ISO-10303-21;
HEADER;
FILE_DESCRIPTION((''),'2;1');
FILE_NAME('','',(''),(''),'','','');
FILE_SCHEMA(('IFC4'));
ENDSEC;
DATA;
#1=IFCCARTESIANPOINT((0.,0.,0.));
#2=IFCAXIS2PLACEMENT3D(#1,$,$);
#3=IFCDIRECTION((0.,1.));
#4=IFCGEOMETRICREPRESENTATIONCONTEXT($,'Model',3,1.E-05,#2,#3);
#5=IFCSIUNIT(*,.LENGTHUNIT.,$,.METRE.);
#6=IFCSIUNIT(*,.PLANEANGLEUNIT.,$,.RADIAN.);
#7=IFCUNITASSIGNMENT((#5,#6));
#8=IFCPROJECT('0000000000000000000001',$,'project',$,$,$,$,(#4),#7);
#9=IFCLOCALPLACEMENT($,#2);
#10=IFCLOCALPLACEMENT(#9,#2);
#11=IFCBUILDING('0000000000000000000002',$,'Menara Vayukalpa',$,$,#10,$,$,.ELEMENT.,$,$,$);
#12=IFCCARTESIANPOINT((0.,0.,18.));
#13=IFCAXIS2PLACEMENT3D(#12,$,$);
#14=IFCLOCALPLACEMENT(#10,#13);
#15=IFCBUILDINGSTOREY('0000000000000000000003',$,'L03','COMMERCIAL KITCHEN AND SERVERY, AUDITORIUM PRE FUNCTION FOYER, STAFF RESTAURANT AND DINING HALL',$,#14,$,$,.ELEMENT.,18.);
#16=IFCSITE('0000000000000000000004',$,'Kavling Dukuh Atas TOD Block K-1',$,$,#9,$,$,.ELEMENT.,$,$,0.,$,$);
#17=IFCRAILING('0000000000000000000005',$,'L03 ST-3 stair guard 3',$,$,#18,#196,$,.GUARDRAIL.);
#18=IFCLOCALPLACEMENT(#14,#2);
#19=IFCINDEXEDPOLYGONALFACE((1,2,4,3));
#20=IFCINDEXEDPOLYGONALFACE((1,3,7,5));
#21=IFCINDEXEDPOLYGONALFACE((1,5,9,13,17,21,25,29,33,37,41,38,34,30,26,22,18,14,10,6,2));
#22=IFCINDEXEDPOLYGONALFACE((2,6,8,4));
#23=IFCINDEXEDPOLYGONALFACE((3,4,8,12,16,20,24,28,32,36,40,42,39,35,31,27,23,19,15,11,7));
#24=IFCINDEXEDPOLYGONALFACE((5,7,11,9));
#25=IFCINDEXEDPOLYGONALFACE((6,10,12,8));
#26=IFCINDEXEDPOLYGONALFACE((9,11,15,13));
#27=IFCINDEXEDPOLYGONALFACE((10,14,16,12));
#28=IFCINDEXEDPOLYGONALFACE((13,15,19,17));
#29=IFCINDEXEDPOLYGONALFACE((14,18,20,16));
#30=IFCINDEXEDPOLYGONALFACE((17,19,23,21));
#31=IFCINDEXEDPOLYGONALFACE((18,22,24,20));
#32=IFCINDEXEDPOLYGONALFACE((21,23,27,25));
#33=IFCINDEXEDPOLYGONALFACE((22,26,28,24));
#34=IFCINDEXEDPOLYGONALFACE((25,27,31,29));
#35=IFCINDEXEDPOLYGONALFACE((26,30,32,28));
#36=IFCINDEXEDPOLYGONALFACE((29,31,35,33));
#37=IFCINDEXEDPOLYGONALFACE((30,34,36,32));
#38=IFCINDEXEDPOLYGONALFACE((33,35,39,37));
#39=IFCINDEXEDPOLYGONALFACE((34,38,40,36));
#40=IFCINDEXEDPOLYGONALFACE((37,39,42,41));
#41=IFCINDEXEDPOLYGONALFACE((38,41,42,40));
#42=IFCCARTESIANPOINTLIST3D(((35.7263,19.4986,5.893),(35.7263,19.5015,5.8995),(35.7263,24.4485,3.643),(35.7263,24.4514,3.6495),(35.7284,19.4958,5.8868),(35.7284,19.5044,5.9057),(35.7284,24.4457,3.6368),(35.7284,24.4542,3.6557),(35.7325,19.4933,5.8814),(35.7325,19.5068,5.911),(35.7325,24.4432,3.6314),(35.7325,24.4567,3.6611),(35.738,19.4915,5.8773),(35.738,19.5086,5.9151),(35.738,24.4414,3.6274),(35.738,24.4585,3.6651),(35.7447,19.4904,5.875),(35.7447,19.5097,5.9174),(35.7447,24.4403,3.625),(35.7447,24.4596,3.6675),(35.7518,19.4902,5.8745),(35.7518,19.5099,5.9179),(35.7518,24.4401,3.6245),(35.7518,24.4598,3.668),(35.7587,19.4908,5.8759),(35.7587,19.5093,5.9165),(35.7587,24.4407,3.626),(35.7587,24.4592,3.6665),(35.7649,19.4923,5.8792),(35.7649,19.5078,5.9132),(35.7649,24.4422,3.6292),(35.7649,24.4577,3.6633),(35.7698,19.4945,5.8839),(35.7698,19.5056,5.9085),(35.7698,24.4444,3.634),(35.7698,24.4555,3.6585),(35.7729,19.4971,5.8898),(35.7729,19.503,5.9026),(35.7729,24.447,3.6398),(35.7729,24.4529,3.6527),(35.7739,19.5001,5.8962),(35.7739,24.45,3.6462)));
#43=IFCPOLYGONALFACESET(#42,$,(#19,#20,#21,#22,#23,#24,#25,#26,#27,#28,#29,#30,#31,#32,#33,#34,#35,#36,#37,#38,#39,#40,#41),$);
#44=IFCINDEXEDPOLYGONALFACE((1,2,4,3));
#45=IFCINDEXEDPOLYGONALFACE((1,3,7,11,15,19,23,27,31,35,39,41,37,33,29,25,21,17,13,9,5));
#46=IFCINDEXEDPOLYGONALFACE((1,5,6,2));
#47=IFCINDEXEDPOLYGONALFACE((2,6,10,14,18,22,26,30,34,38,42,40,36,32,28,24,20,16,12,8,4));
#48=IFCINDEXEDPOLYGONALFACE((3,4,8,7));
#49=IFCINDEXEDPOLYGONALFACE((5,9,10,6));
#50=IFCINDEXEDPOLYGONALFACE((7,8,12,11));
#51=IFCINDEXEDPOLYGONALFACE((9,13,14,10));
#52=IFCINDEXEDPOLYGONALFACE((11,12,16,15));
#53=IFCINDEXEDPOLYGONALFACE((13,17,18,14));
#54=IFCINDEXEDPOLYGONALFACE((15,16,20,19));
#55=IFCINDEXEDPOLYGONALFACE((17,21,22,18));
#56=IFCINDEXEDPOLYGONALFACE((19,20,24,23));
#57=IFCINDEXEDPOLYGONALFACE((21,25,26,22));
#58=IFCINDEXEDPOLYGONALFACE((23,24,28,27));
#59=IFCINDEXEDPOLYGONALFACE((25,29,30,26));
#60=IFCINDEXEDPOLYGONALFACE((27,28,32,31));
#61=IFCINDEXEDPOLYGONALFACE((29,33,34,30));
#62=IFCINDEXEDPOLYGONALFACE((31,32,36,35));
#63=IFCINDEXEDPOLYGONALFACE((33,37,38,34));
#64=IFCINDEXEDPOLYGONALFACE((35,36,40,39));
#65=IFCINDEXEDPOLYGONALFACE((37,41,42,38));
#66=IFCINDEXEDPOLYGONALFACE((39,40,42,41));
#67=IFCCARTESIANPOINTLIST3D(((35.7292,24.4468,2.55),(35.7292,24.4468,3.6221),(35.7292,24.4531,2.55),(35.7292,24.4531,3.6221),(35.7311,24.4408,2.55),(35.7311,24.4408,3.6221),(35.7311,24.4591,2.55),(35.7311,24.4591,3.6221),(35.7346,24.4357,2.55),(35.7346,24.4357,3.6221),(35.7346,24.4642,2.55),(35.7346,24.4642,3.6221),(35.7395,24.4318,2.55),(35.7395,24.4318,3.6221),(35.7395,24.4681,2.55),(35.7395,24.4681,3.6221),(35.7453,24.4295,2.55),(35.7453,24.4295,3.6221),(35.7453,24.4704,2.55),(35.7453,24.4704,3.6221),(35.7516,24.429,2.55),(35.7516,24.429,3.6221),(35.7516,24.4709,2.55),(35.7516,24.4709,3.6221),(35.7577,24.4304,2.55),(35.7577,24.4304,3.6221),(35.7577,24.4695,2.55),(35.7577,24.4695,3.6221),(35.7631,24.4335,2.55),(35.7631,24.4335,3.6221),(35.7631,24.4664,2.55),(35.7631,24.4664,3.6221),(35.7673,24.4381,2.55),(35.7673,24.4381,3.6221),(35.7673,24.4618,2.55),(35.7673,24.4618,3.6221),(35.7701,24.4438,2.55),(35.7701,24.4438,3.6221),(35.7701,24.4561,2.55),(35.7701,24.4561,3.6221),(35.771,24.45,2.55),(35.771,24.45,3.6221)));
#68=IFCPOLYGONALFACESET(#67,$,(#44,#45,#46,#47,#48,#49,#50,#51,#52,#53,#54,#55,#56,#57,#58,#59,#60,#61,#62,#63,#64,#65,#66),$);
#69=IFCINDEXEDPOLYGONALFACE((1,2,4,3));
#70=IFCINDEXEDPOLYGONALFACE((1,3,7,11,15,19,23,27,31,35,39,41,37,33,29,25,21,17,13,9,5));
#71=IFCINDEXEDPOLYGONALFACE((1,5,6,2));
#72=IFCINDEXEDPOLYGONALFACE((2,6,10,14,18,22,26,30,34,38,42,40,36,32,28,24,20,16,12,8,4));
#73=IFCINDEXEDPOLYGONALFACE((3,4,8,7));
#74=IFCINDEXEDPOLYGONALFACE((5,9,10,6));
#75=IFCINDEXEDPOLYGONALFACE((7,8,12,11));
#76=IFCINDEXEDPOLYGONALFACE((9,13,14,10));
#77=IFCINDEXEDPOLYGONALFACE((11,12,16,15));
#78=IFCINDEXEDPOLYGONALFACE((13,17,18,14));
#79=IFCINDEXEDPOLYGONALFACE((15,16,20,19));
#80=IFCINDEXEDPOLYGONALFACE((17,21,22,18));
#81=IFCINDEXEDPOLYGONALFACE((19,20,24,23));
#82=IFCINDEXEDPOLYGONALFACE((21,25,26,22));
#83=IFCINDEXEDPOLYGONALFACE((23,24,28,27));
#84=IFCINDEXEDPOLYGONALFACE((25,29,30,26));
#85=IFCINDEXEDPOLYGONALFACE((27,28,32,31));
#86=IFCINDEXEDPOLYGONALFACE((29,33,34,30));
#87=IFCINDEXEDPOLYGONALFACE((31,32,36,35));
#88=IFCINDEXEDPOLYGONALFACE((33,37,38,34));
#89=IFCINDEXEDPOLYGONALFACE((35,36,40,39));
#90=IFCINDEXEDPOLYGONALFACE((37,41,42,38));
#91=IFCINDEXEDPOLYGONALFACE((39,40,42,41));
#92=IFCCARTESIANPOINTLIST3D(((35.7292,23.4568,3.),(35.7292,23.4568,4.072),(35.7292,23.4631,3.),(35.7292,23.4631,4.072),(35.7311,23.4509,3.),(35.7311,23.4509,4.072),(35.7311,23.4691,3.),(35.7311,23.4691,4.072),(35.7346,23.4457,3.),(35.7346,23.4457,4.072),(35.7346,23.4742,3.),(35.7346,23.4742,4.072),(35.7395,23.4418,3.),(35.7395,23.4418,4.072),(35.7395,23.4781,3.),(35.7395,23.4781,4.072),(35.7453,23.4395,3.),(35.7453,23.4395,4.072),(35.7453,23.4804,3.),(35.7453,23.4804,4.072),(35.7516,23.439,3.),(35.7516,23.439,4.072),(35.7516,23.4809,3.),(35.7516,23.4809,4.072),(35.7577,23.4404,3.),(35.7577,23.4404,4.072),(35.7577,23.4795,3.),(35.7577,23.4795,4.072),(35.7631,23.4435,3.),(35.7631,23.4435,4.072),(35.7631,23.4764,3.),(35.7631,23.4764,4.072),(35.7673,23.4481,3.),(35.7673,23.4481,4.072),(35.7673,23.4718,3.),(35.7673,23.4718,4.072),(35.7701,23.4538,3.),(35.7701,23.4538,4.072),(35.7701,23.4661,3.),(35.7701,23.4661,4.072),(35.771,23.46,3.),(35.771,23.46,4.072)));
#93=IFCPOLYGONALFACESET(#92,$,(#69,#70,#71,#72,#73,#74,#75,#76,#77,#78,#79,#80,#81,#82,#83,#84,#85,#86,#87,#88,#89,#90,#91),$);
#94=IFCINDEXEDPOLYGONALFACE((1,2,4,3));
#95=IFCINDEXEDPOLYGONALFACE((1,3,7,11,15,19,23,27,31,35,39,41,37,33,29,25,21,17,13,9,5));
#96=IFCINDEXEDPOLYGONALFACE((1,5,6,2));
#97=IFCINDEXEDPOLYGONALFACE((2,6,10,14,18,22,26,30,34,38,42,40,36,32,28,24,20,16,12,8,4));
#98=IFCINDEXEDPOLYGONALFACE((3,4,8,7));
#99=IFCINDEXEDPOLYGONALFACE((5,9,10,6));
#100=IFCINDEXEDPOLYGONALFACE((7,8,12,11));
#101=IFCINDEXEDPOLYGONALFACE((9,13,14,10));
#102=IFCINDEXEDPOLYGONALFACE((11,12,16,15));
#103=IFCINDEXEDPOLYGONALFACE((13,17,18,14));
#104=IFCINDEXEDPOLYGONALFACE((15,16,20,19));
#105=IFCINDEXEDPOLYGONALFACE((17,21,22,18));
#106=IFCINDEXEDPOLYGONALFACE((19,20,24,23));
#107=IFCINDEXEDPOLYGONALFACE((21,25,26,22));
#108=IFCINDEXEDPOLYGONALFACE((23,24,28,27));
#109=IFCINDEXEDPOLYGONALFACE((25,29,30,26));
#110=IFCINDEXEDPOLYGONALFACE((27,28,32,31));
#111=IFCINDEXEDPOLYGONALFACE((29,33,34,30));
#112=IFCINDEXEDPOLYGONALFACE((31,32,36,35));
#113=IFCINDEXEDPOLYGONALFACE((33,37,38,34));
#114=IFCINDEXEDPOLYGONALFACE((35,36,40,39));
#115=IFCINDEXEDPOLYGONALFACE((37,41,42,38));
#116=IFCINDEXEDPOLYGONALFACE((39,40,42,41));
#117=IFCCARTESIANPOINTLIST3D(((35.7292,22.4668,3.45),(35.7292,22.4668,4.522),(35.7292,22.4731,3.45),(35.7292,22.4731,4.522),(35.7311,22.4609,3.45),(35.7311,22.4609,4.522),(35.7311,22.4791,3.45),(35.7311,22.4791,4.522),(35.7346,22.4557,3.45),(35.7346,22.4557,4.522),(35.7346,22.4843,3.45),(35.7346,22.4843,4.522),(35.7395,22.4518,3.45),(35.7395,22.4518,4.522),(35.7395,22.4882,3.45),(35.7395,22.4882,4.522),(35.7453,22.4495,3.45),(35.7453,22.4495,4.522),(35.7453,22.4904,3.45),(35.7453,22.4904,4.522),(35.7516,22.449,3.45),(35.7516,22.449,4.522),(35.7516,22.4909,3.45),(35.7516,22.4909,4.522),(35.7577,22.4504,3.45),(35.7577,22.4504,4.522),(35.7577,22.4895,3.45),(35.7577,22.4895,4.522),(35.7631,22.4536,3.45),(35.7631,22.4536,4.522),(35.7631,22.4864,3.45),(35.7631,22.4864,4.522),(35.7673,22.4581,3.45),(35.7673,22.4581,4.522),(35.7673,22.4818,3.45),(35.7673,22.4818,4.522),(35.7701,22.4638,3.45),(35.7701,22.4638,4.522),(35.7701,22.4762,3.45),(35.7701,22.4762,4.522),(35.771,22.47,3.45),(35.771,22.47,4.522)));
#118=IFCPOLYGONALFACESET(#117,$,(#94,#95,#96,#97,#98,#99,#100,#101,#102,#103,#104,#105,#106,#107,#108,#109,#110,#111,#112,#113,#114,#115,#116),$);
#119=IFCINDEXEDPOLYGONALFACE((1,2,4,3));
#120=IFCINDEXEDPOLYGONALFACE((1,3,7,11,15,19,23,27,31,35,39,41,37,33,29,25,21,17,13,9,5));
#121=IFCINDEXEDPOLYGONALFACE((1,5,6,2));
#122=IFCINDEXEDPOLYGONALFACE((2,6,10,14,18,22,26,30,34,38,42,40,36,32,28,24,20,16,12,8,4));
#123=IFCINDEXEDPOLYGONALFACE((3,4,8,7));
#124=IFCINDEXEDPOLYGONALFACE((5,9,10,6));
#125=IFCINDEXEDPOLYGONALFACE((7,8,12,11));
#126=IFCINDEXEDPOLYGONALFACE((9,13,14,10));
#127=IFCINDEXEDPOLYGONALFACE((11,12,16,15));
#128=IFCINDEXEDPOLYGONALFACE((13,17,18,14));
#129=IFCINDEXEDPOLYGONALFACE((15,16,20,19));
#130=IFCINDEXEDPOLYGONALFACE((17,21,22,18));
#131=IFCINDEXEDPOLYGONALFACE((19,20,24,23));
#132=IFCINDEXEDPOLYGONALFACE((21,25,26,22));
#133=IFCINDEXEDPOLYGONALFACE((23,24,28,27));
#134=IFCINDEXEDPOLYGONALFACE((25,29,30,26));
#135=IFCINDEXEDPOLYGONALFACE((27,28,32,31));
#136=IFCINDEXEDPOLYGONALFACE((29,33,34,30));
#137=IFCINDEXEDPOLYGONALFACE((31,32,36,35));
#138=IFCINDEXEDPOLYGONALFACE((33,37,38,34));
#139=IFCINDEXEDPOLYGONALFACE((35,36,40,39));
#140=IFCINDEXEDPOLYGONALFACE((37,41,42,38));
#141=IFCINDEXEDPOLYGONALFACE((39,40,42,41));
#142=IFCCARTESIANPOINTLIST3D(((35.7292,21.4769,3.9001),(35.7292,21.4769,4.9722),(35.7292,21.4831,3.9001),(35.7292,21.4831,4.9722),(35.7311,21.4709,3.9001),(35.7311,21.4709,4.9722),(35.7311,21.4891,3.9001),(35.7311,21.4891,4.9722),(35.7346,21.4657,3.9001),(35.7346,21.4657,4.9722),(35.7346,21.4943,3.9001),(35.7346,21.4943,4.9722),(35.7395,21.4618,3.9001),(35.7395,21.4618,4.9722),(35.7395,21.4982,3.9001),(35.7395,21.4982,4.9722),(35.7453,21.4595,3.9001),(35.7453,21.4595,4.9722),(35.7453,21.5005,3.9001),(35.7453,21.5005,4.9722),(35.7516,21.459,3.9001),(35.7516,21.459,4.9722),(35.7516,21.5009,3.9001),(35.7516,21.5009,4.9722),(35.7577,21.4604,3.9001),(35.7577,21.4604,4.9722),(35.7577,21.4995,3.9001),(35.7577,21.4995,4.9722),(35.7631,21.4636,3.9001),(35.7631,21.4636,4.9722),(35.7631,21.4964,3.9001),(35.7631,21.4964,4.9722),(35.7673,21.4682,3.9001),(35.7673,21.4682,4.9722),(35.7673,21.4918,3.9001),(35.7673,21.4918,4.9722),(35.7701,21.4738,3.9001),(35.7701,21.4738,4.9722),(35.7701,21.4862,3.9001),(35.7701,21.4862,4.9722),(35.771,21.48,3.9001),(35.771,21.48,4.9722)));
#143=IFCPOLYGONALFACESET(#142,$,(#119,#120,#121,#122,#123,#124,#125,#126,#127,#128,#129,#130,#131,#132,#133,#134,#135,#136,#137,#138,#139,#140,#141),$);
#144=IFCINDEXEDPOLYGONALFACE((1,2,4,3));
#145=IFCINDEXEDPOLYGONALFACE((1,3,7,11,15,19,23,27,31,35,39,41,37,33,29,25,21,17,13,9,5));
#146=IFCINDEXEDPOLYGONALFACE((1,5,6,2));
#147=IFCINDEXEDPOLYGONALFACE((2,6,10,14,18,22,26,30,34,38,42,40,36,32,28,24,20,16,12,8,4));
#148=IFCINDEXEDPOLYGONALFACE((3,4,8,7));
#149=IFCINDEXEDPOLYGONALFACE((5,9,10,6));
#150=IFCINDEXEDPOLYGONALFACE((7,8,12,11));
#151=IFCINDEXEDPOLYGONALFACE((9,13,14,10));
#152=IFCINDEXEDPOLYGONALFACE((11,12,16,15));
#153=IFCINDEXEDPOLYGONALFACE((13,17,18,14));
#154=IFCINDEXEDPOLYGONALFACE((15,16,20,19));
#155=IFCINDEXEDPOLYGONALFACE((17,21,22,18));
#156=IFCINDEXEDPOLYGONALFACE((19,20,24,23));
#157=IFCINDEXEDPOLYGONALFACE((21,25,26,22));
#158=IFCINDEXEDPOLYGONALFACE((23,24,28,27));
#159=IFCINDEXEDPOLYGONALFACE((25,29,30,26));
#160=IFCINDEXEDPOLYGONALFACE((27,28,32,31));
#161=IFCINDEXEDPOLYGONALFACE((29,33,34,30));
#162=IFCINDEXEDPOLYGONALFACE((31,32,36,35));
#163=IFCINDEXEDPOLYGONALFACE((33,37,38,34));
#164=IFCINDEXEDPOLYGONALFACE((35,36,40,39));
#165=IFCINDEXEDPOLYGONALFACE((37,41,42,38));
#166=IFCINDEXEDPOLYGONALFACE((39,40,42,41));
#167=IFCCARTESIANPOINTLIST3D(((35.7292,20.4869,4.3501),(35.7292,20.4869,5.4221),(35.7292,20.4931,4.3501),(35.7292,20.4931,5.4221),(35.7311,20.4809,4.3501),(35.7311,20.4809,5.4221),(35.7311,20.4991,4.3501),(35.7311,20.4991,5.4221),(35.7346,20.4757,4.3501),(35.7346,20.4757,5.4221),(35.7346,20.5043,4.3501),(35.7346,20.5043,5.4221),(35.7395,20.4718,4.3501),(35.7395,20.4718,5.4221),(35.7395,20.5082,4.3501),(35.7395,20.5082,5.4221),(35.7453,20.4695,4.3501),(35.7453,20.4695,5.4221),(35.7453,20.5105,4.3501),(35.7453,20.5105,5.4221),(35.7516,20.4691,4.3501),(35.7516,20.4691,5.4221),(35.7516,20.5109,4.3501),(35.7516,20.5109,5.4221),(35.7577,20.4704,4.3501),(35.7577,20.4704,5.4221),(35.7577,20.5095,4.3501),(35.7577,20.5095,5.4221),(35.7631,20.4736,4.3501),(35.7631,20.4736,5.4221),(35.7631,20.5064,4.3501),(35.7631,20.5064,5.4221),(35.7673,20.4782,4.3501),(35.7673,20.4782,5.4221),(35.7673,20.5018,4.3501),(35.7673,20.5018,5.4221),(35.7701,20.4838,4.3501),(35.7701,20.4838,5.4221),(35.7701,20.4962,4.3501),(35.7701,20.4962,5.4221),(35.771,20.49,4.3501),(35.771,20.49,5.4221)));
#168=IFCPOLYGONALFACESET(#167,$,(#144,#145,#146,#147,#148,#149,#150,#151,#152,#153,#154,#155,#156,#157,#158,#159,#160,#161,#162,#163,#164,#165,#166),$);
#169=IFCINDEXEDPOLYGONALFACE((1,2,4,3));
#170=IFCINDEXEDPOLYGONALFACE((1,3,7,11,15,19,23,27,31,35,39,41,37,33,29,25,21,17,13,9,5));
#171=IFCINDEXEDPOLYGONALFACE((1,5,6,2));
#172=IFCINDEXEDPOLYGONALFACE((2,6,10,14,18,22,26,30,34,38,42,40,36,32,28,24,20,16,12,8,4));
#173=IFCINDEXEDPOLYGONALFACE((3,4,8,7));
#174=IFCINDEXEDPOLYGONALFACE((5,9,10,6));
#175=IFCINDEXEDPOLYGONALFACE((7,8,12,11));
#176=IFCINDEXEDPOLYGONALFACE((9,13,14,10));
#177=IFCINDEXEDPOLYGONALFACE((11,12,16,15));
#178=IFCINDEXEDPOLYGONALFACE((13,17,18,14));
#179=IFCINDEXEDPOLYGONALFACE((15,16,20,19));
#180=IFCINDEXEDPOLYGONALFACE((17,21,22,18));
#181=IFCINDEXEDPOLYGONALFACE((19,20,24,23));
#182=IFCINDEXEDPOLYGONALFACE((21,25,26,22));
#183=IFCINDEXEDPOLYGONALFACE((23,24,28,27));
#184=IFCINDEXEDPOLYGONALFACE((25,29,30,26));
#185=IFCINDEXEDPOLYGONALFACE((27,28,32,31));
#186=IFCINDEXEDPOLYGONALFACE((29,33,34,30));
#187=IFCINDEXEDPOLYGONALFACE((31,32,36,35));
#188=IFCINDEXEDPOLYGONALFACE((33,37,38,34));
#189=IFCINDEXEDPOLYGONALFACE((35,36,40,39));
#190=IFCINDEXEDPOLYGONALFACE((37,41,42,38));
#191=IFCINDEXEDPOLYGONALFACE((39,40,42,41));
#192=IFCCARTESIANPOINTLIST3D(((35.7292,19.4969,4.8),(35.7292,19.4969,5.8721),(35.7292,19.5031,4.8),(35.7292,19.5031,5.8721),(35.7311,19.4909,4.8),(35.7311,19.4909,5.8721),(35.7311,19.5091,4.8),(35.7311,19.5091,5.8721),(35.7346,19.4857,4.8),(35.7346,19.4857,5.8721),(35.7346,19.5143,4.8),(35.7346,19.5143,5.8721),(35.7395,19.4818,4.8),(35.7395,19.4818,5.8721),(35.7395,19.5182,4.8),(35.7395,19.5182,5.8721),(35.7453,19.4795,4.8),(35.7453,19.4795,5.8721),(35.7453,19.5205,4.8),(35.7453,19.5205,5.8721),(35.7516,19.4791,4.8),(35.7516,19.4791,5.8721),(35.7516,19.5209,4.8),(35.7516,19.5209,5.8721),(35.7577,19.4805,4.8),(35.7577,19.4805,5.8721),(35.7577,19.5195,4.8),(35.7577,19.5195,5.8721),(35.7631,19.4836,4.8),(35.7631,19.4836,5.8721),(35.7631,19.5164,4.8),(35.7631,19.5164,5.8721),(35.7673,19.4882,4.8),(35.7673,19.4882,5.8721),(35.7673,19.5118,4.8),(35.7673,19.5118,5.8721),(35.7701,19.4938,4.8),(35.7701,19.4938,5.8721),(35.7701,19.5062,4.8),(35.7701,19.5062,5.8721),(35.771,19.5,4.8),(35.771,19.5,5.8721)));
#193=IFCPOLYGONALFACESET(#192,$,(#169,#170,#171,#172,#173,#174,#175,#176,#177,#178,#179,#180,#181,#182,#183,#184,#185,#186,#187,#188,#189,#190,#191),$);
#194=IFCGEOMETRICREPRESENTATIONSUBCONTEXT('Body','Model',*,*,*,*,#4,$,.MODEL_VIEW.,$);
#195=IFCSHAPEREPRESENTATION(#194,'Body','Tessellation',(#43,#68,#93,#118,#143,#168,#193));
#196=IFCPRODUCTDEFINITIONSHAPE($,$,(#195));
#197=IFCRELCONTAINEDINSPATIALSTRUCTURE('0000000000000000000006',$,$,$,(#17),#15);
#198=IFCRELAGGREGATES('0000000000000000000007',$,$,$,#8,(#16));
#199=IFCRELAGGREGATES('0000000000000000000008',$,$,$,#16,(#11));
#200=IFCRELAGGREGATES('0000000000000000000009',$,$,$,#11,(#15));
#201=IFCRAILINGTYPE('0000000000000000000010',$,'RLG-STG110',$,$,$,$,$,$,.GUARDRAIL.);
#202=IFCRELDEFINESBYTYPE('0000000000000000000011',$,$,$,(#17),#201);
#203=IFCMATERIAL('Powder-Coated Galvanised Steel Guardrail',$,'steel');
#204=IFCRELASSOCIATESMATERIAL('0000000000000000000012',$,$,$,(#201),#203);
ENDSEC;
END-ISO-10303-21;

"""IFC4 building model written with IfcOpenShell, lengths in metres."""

from ifc_helpers import new_model, si_unit, direction, frame, origin, origin_2d, place, context, subcontext, project, spatial, circle, extrude, material, type_object, element, save


model = new_model("IFC4")

# Units and contexts
model_context = context("Model", 3, precision=1e-05, world=origin(), true_north=direction((0.0, 1.0)))
body_context = subcontext(model_context, "Body", "Model", "MODEL_VIEW")
ifc_project = project(units=[si_unit("LENGTHUNIT", "METRE"), si_unit("PLANEANGLEUNIT", "RADIAN")], contexts=[model_context])

# Site, building, storey
site_placement = place(None, origin())
site = spatial("IfcSite", under=ifc_project, at=site_placement, Name="Kavling Dukuh Atas TOD Block K-1", CompositionType="ELEMENT", RefElevation=0.0)
building_placement = place(site_placement, origin())
building = spatial("IfcBuilding", under=site, at=building_placement, Name="Menara Vayukalpa", CompositionType="ELEMENT")
storey_placement = place(building_placement, frame((0.0, 0.0, 18.0)))
storey = spatial("IfcBuildingStorey", under=building, at=storey_placement, Name="L03", Description="COMMERCIAL KITCHEN AND SERVERY, AUDITORIUM PRE FUNCTION FOYER, STAFF RESTAURANT AND DINING HALL", CompositionType="ELEMENT", Elevation=18.0)

# Railing
ifc_material_1 = material(Name="Powder-Coated Galvanised Steel Guardrail", Category="steel")
railing_type_1 = type_object("IfcRailingType", Name="RLG-STG110", PredefinedType="GUARDRAIL", material=ifc_material_1)
railing_1_placement = place(storey_placement, frame((35.75, 24.45, 2.55)))
element("IfcRailing", 1, at=railing_1_placement, inside=storey, type_object=railing_type_1, Name="L03 ST-3 stair guard 3", PredefinedType="GUARDRAIL", context=body_context, shape_type="SweptSolid", body=[
    extrude(circle(Radius=0.0239, at=origin_2d()), frame((0.0, 0.0, 1.0962), z_axis=(0.0, -0.910365, 0.413806), x_axis=(1.0, 0.0, 0.0)), (0.0, 0.0, 1.0), 5.4373),
    extrude(circle(Radius=0.021, at=origin_2d()), origin(), (0.0, 0.0, 1.0), 1.072),
    extrude(circle(Radius=0.021, at=origin_2d()), frame((0.0, -0.99, 0.45)), (0.0, 0.0, 1.0), 1.072),
    extrude(circle(Radius=0.021, at=origin_2d()), frame((0.0, -1.98, 0.8999)), (0.0, 0.0, 1.0), 1.072),
    extrude(circle(Radius=0.021, at=origin_2d()), frame((0.0, -2.97, 1.3501)), (0.0, 0.0, 1.0), 1.072),
    extrude(circle(Radius=0.021, at=origin_2d()), frame((0.0, -3.96, 1.8)), (0.0, 0.0, 1.0), 1.072),
    extrude(circle(Radius=0.021, at=origin_2d()), frame((0.0, -4.95, 2.25)), (0.0, 0.0, 1.0), 1.072),
])

save(model, "model.ifc")
